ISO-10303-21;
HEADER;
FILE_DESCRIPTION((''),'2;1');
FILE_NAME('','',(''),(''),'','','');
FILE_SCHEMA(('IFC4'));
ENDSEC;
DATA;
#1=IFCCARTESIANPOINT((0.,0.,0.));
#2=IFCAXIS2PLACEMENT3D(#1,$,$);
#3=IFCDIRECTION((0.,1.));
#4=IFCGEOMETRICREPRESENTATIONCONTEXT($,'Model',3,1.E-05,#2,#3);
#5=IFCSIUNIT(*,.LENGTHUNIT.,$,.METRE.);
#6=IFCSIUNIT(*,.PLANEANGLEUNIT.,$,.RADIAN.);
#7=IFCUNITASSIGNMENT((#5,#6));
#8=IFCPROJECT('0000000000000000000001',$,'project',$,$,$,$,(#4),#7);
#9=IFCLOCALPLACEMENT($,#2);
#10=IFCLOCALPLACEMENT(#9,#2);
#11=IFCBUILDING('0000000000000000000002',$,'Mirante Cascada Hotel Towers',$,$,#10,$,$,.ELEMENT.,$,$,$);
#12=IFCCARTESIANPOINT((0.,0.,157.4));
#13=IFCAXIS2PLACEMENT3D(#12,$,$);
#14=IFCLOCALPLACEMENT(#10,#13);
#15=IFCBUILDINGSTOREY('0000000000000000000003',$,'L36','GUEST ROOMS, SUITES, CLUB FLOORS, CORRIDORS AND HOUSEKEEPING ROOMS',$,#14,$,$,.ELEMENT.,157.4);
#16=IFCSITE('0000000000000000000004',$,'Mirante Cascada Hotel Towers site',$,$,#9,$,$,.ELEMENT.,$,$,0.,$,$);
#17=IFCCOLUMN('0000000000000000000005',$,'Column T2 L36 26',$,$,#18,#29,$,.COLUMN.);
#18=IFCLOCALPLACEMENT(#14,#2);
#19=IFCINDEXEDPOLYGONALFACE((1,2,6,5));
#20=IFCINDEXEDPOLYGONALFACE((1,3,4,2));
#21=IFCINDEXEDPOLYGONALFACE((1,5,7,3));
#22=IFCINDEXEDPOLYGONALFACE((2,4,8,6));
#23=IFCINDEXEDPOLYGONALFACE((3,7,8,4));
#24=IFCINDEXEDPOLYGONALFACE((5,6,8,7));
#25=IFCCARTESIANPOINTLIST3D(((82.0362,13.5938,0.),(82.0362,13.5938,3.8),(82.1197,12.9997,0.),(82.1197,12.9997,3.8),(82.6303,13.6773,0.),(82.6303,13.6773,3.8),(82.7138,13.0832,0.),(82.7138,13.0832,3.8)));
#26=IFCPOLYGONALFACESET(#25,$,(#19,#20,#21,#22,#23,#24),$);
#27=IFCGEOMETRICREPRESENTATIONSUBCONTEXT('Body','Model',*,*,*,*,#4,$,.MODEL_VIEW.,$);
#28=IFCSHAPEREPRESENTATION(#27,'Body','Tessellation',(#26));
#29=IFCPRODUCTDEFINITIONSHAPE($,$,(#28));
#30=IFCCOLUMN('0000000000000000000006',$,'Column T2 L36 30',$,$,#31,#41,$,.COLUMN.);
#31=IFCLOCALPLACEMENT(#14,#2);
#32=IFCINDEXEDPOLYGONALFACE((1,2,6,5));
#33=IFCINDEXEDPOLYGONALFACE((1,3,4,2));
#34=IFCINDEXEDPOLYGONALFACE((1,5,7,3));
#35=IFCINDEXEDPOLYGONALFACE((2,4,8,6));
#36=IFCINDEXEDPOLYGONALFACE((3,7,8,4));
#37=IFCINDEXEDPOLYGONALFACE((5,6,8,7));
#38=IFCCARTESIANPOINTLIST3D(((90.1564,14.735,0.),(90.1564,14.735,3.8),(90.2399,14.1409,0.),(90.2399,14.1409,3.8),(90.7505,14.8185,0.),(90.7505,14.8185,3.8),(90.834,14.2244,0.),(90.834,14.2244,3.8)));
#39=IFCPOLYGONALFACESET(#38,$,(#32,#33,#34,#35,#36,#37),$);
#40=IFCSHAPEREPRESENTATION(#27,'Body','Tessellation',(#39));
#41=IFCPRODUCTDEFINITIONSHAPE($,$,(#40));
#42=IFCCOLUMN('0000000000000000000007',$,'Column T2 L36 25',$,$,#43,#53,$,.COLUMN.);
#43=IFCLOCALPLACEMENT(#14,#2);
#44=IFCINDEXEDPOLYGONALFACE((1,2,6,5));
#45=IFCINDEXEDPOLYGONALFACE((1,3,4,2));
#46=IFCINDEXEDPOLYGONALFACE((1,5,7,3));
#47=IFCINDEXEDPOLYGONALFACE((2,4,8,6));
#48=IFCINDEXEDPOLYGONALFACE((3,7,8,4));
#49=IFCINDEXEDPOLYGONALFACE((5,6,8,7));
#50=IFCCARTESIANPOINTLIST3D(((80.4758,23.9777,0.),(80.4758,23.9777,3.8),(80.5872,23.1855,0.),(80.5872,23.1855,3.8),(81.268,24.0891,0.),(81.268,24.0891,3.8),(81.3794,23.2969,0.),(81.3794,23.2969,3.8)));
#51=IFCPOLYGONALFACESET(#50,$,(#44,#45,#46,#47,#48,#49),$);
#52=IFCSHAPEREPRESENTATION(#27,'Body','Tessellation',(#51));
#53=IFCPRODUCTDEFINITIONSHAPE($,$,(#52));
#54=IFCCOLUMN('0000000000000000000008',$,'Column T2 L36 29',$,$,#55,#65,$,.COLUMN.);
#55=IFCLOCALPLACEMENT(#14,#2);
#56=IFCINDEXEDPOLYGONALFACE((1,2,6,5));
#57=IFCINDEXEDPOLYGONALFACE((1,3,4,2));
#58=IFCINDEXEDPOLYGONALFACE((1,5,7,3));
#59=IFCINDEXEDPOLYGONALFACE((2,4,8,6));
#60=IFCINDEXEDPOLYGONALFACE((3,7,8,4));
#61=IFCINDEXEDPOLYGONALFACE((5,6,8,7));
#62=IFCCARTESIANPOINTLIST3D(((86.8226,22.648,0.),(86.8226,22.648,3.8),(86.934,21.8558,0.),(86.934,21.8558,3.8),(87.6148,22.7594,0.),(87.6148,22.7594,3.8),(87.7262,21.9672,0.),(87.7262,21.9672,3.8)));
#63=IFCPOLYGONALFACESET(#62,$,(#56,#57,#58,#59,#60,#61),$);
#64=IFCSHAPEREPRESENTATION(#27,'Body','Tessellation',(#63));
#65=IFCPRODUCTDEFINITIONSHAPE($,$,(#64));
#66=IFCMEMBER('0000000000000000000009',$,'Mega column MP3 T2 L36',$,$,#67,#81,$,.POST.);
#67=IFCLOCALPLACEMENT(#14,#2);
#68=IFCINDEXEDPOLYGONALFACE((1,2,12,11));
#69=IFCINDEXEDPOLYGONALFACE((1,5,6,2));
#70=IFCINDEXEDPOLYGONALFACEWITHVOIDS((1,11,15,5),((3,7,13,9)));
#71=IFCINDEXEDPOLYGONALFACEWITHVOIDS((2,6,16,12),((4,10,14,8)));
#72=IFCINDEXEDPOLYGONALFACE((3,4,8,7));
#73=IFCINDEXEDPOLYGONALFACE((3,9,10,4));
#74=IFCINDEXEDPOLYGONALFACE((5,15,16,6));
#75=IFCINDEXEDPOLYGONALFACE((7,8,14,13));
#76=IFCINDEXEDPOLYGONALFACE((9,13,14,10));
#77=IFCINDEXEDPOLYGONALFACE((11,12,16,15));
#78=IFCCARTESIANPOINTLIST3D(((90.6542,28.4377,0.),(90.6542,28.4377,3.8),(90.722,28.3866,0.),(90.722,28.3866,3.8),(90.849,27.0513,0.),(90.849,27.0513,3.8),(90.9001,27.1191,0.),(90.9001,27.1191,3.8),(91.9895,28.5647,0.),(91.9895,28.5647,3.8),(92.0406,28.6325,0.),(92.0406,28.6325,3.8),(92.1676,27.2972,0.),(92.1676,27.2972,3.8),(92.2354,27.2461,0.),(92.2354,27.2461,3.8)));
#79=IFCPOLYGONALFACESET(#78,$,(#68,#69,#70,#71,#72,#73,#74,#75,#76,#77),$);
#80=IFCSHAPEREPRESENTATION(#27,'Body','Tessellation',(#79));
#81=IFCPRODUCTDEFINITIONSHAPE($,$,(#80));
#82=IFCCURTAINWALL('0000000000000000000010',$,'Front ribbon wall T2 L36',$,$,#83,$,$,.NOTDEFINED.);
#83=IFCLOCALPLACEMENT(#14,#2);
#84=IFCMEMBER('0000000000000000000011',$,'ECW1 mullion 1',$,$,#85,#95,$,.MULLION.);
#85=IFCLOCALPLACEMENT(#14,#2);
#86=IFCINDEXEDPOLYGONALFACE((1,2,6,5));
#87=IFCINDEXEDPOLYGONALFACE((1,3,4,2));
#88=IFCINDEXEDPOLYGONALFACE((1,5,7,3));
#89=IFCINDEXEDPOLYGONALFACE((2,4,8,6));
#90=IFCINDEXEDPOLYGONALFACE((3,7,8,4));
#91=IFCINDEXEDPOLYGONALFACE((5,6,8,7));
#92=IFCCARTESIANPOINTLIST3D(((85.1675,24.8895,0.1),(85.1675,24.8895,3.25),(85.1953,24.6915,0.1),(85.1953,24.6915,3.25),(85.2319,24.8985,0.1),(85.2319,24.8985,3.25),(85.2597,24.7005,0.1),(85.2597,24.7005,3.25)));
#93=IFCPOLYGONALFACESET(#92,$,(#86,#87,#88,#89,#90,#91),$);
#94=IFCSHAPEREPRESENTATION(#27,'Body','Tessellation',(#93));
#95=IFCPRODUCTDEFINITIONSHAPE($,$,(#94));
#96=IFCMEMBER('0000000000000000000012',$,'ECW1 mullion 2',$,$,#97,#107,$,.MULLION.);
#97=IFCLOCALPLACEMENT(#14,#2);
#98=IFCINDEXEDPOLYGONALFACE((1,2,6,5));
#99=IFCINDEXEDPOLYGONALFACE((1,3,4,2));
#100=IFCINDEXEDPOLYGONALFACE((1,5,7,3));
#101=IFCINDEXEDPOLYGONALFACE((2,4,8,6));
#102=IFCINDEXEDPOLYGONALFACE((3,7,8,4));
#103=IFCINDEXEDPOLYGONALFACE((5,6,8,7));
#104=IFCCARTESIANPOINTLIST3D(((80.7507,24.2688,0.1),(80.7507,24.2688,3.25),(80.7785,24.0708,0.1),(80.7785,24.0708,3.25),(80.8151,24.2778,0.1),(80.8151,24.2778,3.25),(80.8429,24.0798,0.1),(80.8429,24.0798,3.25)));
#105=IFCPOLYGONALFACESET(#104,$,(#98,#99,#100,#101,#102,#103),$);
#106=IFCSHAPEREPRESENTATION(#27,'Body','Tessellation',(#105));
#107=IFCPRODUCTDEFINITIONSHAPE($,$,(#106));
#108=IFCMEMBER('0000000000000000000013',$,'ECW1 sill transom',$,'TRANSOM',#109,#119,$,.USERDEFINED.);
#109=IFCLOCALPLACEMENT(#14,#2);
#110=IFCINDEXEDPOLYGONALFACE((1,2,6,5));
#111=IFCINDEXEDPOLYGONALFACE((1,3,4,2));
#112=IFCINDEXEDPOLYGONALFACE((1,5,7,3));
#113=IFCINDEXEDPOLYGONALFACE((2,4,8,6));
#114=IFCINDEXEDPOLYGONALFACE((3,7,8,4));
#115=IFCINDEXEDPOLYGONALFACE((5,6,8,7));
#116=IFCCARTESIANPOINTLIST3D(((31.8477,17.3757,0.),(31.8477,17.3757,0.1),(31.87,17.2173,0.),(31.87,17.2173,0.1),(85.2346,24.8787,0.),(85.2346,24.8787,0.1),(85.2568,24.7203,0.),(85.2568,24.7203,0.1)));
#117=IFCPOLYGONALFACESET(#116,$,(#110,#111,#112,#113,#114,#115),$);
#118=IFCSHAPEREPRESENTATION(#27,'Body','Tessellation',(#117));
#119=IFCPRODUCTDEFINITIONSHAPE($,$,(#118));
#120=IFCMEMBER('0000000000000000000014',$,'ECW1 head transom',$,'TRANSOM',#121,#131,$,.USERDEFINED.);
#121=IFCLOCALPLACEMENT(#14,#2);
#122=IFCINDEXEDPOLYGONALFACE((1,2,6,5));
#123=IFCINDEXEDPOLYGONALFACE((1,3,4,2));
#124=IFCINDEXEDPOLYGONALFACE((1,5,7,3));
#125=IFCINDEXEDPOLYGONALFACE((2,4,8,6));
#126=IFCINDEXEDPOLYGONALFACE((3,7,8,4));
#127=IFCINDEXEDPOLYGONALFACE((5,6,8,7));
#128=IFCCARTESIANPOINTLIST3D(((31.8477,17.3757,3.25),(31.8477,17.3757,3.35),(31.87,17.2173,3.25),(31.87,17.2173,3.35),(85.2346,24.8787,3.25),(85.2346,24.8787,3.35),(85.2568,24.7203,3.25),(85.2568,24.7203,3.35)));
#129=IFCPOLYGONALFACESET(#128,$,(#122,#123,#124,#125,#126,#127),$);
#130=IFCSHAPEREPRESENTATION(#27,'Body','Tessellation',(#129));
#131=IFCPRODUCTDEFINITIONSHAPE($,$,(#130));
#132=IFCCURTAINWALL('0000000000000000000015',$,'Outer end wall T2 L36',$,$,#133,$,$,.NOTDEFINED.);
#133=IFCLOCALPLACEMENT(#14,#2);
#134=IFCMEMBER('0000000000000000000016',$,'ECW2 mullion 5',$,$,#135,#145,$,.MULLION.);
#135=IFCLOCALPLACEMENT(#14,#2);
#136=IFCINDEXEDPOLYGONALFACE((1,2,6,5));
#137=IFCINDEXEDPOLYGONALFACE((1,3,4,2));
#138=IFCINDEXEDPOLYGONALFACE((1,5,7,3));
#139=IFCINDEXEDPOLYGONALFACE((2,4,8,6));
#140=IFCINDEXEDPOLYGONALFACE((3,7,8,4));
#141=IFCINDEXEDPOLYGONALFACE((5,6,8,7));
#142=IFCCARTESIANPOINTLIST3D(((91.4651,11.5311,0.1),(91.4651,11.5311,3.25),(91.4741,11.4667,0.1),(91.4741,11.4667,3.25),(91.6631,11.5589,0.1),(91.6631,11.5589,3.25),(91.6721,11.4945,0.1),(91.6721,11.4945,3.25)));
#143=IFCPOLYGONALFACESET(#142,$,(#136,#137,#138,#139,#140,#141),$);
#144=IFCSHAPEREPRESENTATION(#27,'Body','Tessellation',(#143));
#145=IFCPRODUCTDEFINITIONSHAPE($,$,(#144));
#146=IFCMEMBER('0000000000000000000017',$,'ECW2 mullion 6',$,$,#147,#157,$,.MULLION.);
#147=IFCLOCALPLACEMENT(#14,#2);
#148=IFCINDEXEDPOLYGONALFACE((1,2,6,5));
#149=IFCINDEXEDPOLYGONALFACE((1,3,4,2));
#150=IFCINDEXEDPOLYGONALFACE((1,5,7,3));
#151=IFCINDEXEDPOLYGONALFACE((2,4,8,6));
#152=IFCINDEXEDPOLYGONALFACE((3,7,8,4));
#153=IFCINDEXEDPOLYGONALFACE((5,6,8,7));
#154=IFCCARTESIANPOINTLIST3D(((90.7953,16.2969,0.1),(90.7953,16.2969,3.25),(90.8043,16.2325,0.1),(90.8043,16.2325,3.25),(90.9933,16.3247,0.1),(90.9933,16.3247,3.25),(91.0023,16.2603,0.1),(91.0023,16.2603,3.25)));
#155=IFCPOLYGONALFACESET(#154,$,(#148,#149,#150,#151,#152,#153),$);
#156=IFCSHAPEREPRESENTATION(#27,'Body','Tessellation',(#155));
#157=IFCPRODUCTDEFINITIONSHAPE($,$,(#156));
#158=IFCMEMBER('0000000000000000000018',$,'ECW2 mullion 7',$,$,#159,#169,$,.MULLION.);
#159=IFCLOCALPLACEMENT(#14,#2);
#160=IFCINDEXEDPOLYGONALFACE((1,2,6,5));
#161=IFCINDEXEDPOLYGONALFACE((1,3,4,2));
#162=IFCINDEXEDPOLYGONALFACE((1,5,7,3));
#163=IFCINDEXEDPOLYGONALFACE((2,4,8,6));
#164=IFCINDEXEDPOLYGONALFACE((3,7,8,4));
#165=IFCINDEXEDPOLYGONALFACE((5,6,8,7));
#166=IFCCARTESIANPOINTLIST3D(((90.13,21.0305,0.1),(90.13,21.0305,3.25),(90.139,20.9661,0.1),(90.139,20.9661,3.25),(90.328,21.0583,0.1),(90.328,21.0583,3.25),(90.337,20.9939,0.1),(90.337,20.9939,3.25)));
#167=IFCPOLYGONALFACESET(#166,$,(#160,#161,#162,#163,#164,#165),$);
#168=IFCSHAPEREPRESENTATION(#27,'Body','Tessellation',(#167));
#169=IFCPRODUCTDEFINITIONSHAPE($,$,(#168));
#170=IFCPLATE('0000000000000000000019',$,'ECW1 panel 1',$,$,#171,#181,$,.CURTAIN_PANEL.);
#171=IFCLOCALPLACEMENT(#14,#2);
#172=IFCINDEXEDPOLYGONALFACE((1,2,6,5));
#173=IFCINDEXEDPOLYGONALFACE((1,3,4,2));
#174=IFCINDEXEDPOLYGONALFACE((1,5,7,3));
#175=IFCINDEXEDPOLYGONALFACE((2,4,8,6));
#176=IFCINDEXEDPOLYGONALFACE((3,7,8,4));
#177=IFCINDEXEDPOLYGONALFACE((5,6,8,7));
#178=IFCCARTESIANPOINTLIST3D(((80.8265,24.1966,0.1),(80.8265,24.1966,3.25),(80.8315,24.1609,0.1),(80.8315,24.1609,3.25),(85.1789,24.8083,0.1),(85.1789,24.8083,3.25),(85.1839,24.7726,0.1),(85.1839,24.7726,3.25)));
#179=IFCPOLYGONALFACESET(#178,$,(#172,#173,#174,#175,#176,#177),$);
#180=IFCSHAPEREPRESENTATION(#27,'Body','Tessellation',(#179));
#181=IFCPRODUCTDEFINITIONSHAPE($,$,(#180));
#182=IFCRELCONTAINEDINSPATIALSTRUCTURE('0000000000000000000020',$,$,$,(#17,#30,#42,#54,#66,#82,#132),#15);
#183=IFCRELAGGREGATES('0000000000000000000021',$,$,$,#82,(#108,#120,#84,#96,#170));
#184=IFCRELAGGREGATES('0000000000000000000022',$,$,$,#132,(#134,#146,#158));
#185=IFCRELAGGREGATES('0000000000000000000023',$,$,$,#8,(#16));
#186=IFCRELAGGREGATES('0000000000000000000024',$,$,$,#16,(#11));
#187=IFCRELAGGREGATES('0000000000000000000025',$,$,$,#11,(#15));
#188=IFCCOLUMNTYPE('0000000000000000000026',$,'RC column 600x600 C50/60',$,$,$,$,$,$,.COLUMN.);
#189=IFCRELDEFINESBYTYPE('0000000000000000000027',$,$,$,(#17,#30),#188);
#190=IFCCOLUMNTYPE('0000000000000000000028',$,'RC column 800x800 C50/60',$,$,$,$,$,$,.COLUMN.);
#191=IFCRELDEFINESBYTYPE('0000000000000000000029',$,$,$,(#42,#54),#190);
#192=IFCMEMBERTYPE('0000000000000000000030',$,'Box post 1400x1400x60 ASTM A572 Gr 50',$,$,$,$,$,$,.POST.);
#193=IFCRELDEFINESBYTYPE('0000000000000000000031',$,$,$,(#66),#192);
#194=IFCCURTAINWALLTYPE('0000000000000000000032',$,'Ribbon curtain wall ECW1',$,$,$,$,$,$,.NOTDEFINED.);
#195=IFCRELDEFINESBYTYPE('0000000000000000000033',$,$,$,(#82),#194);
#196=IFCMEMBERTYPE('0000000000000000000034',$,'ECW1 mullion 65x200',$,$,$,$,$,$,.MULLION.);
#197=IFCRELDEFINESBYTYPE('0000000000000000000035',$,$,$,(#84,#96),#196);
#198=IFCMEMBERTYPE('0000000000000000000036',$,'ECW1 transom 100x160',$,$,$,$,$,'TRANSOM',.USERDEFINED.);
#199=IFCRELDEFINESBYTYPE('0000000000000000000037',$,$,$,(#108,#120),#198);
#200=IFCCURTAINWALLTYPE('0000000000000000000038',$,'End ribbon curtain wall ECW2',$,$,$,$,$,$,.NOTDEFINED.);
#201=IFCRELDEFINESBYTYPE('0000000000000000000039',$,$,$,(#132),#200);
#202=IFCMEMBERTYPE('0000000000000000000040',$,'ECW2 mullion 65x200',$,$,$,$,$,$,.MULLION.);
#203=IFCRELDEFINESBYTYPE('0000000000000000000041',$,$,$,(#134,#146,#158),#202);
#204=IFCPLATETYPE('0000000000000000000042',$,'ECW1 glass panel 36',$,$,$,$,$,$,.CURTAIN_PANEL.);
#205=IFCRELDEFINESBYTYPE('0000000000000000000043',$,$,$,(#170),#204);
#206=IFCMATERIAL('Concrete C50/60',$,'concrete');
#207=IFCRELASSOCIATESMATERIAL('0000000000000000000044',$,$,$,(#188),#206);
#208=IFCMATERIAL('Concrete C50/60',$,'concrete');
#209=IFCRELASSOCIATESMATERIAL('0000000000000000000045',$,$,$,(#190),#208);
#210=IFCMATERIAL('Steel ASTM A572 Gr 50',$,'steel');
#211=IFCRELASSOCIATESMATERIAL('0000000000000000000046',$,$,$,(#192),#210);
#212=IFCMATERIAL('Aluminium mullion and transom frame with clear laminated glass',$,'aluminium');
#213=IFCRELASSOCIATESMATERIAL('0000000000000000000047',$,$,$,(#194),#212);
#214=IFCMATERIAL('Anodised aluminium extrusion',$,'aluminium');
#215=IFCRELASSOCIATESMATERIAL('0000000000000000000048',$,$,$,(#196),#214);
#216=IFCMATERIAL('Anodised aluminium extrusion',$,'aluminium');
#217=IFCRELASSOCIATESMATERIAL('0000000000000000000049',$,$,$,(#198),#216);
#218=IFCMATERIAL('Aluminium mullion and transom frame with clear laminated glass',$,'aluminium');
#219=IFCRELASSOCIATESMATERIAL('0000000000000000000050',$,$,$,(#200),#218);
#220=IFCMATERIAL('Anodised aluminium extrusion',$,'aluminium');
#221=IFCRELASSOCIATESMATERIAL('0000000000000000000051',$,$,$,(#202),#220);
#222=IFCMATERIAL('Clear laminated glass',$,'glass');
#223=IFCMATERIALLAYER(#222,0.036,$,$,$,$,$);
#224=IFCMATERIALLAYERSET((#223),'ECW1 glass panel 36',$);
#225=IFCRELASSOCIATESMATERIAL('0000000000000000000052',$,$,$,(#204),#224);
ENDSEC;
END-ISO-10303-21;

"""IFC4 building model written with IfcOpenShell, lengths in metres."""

from ifc_helpers import new_model, si_unit, direction, frame, origin, origin_2d, place, context, subcontext, project, spatial, rectangle, hollow_rectangle, extrude, material, layer, layer_set, material_profile, profile_set, type_object, element, aggregate, save


model = new_model("IFC4")

# Units and contexts
model_context = context("Model", 3, precision=1e-05, world=origin(), true_north=direction((0.0, 1.0)))
body_context = subcontext(model_context, "Body", "Model", "MODEL_VIEW")
ifc_project = project(units=[si_unit("LENGTHUNIT", "METRE"), si_unit("PLANEANGLEUNIT", "RADIAN")], contexts=[model_context])

# Site, building, storey
site_placement = place(None, origin())
site = spatial("IfcSite", under=ifc_project, at=site_placement, Name="Mirante Cascada Hotel Towers site", CompositionType="ELEMENT", RefElevation=0.0)
building_placement = place(site_placement, origin())
building = spatial("IfcBuilding", under=site, at=building_placement, Name="Mirante Cascada Hotel Towers", CompositionType="ELEMENT")
storey_placement = place(building_placement, frame((0.0, 0.0, 157.4)))
storey = spatial("IfcBuildingStorey", under=building, at=storey_placement, Name="L36", Description="GUEST ROOMS, SUITES, CLUB FLOORS, CORRIDORS AND HOUSEKEEPING ROOMS", CompositionType="ELEMENT", Elevation=157.4)

# Columns
ifc_material_1 = material(Name="Concrete C50/60", Category="concrete")
ifc_material_profile_1 = material_profile(ifc_material_1, rectangle(XDim=0.6, YDim=0.6, at=origin_2d()), Name="RC column 600x600 C50/60")
ifc_profile_set_1 = profile_set([ifc_material_profile_1], Name="Concrete C50/60")
column_type_1 = type_object("IfcColumnType", Name="RC column 600x600 C50/60", PredefinedType="COLUMN", material=ifc_profile_set_1)
for number, where, z_axis, x_axis, name in (
    (1, (82.375, 13.3385, 0.0), (0.0, 0.0, 1.0), (0.990268, 0.139173, 0.0), "Column T2 L36 26"),
    (2, (90.4952, 14.4797, 0.0), (0.0, 0.0, 1.0), (0.990268, 0.139173, 0.0), "Column T2 L36 30"),
):
    element("IfcColumn", number, at=place(storey_placement, frame(where, z_axis=z_axis, x_axis=x_axis)), inside=storey, type_object=column_type_1, Name=name, PredefinedType="COLUMN", context=body_context, shape_type="SweptSolid", body=[
        extrude(rectangle(XDim=0.6, YDim=0.6, at=origin_2d()), origin(), (0.0, 0.0, 1.0), 3.8),
    ])
ifc_material_2 = material(Name="Concrete C50/60", Category="concrete")
ifc_material_profile_2 = material_profile(ifc_material_2, rectangle(XDim=0.8, YDim=0.8, at=origin_2d()), Name="RC column 800x800 C50/60")
ifc_profile_set_2 = profile_set([ifc_material_profile_2], Name="Concrete C50/60")
column_type_2 = type_object("IfcColumnType", Name="RC column 800x800 C50/60", PredefinedType="COLUMN", material=ifc_profile_set_2)
for number, where, z_axis, x_axis, name in (
    (3, (80.9276, 23.6373, 0.0), (0.0, 0.0, 1.0), (0.990268, 0.139173, 0.0), "Column T2 L36 25"),
    (4, (87.2744, 22.3076, 0.0), (0.0, 0.0, 1.0), (0.990268, 0.139173, 0.0), "Column T2 L36 29"),
):
    element("IfcColumn", number, at=place(storey_placement, frame(where, z_axis=z_axis, x_axis=x_axis)), inside=storey, type_object=column_type_2, Name=name, PredefinedType="COLUMN", context=body_context, shape_type="SweptSolid", body=[
        extrude(rectangle(XDim=0.8, YDim=0.8, at=origin_2d()), origin(), (0.0, 0.0, 1.0), 3.8),
    ])

# Member
ifc_material_3 = material(Name="Steel ASTM A572 Gr 50", Category="steel")
ifc_material_profile_3 = material_profile(ifc_material_3, hollow_rectangle(XDim=1.4, YDim=1.4, WallThickness=0.06, at=origin_2d()), Name="Box post 1400x1400x60 ASTM A572 Gr 50")
ifc_profile_set_3 = profile_set([ifc_material_profile_3], Name="Steel ASTM A572 Gr 50")
member_type_1 = type_object("IfcMemberType", Name="Box post 1400x1400x60 ASTM A572 Gr 50", PredefinedType="POST", material=ifc_profile_set_3)
member_1_placement = place(storey_placement, frame((91.4448, 27.8419, 0.0), z_axis=(0.0, 0.0, 1.0), x_axis=(0.990268, 0.139173, 0.0)))
element("IfcMember", 5, at=member_1_placement, inside=storey, type_object=member_type_1, Name="Mega column MP3 T2 L36", PredefinedType="POST", context=body_context, shape_type="SweptSolid", body=[
    extrude(hollow_rectangle(XDim=1.4, YDim=1.4, WallThickness=0.06, at=origin_2d()), origin(), (0.0, 0.0, 1.0), 3.8),
])

# Curtain walls, members
ifc_material_4 = material(Name="Aluminium mullion and transom frame with clear laminated glass", Category="aluminium")
curtain_wall_type_1 = type_object("IfcCurtainWallType", Name="Ribbon curtain wall ECW1", PredefinedType="NOTDEFINED", material=ifc_material_4)
curtain_wall_1_placement = place(storey_placement, origin())
curtain_wall_1 = element("IfcCurtainWall", 6, at=curtain_wall_1_placement, inside=storey, type_object=curtain_wall_type_1, Name="Front ribbon wall T2 L36", PredefinedType="NOTDEFINED")
ifc_material_5 = material(Name="Anodised aluminium extrusion", Category="aluminium")
ifc_material_profile_4 = material_profile(ifc_material_5, rectangle(XDim=0.2, YDim=0.065, at=origin_2d()), Name="ECW1 MULLION 65x200")
ifc_profile_set_4 = profile_set([ifc_material_profile_4], Name="Anodised aluminium extrusion")
member_type_2 = type_object("IfcMemberType", Name="ECW1 mullion 65x200", PredefinedType="MULLION", material=ifc_profile_set_4)
member_2_placement = place(storey_placement, frame((85.2136, 24.795, 0.1), z_axis=(0.0, 0.0, 1.0), x_axis=(0.139173, -0.990268, 0.0)))
member_2 = element("IfcMember", 7, at=member_2_placement, type_object=member_type_2, Name="ECW1 mullion 1", PredefinedType="MULLION", context=body_context, shape_type="SweptSolid", body=[
    extrude(rectangle(XDim=0.2, YDim=0.065, at=origin_2d()), origin(), (0.0, 0.0, 1.0), 3.15),
])
member_3_placement = place(storey_placement, frame((80.7968, 24.1743, 0.1), z_axis=(0.0, 0.0, 1.0), x_axis=(0.139173, -0.990268, 0.0)))
member_3 = element("IfcMember", 8, at=member_3_placement, type_object=member_type_2, Name="ECW1 mullion 2", PredefinedType="MULLION", context=body_context, shape_type="SweptSolid", body=[
    extrude(rectangle(XDim=0.2, YDim=0.065, at=origin_2d()), origin(), (0.0, 0.0, 1.0), 3.15),
])
ifc_material_6 = material(Name="Anodised aluminium extrusion", Category="aluminium")
ifc_material_profile_5 = material_profile(ifc_material_6, rectangle(XDim=0.16, YDim=0.1, at=origin_2d()), Name="ECW1 TRANSOM 100x160")
ifc_profile_set_5 = profile_set([ifc_material_profile_5], Name="Anodised aluminium extrusion")
member_type_3 = type_object("IfcMemberType", Name="ECW1 transom 100x160", ElementType="TRANSOM", PredefinedType="USERDEFINED", material=ifc_profile_set_5)
member_4_placement = place(storey_placement, frame((85.2457, 24.7995, 0.05), z_axis=(-0.990268, -0.139173, 0.0), x_axis=(0.139173, -0.990268, 0.0)))
member_4 = element("IfcMember", 9, at=member_4_placement, type_object=member_type_3, Name="ECW1 sill transom", ObjectType="TRANSOM", PredefinedType="USERDEFINED", context=body_context, shape_type="SweptSolid", body=[
    extrude(rectangle(XDim=0.16, YDim=0.1, at=origin_2d()), origin(), (0.0, 0.0, 1.0), 53.9115),
])
member_5_placement = place(storey_placement, frame((85.2457, 24.7995, 3.3), z_axis=(-0.990268, -0.139173, 0.0), x_axis=(0.139173, -0.990268, 0.0)))
member_5 = element("IfcMember", 10, at=member_5_placement, type_object=member_type_3, Name="ECW1 head transom", ObjectType="TRANSOM", PredefinedType="USERDEFINED", context=body_context, shape_type="SweptSolid", body=[
    extrude(rectangle(XDim=0.16, YDim=0.1, at=origin_2d()), origin(), (0.0, 0.0, 1.0), 53.9115),
])
ifc_material_7 = material(Name="Aluminium mullion and transom frame with clear laminated glass", Category="aluminium")
curtain_wall_type_2 = type_object("IfcCurtainWallType", Name="End ribbon curtain wall ECW2", PredefinedType="NOTDEFINED", material=ifc_material_7)
curtain_wall_2_placement = place(storey_placement, origin())
curtain_wall_2 = element("IfcCurtainWall", 11, at=curtain_wall_2_placement, inside=storey, type_object=curtain_wall_type_2, Name="Outer end wall T2 L36", PredefinedType="NOTDEFINED")
ifc_material_8 = material(Name="Anodised aluminium extrusion", Category="aluminium")
ifc_material_profile_6 = material_profile(ifc_material_8, rectangle(XDim=0.2, YDim=0.065, at=origin_2d()), Name="ECW2 MULLION 65x200")
ifc_profile_set_6 = profile_set([ifc_material_profile_6], Name="Anodised aluminium extrusion")
member_type_4 = type_object("IfcMemberType", Name="ECW2 mullion 65x200", PredefinedType="MULLION", material=ifc_profile_set_6)
member_6_placement = place(storey_placement, frame((91.5686, 11.5128, 0.1), z_axis=(0.0, 0.0, 1.0), x_axis=(-0.990268, -0.139173, 0.0)))
member_6 = element("IfcMember", 12, at=member_6_placement, type_object=member_type_4, Name="ECW2 mullion 5", PredefinedType="MULLION", context=body_context, shape_type="SweptSolid", body=[
    extrude(rectangle(XDim=0.2, YDim=0.065, at=origin_2d()), origin(), (0.0, 0.0, 1.0), 3.15),
])
member_7_placement = place(storey_placement, frame((90.8988, 16.2786, 0.1), z_axis=(0.0, 0.0, 1.0), x_axis=(-0.990268, -0.139173, 0.0)))
member_7 = element("IfcMember", 13, at=member_7_placement, type_object=member_type_4, Name="ECW2 mullion 6", PredefinedType="MULLION", context=body_context, shape_type="SweptSolid", body=[
    extrude(rectangle(XDim=0.2, YDim=0.065, at=origin_2d()), origin(), (0.0, 0.0, 1.0), 3.15),
])
member_8_placement = place(storey_placement, frame((90.2335, 21.0122, 0.1), z_axis=(0.0, 0.0, 1.0), x_axis=(-0.990268, -0.139173, 0.0)))
member_8 = element("IfcMember", 14, at=member_8_placement, type_object=member_type_4, Name="ECW2 mullion 7", PredefinedType="MULLION", context=body_context, shape_type="SweptSolid", body=[
    extrude(rectangle(XDim=0.2, YDim=0.065, at=origin_2d()), origin(), (0.0, 0.0, 1.0), 3.15),
])

# Plate
ifc_material_9 = material(Name="Clear laminated glass", Category="glass")
ifc_layer_1 = layer(ifc_material_9, 0.036)
ifc_layer_set_1 = layer_set([ifc_layer_1], Name="ECW1 glass panel 36")
plate_type_1 = type_object("IfcPlateType", Name="ECW1 glass panel 36", PredefinedType="CURTAIN_PANEL", material=ifc_layer_set_1)
plate_1_placement = place(storey_placement, frame((83.0052, 24.4846, 0.1), z_axis=(0.0, 0.0, 1.0), x_axis=(-0.990268, -0.139173, 0.0)))
plate_1 = element("IfcPlate", 15, at=plate_1_placement, type_object=plate_type_1, Name="ECW1 panel 1", PredefinedType="CURTAIN_PANEL", context=body_context, shape_type="SweptSolid", body=[
    extrude(rectangle(XDim=4.3951, YDim=0.036, at=origin_2d()), origin(), (0.0, 0.0, 1.0), 3.15),
])
aggregate(curtain_wall_1, [member_4, member_5, member_2, member_3, plate_1])
aggregate(curtain_wall_2, [member_6, member_7, member_8])

save(model, "model.ifc")
